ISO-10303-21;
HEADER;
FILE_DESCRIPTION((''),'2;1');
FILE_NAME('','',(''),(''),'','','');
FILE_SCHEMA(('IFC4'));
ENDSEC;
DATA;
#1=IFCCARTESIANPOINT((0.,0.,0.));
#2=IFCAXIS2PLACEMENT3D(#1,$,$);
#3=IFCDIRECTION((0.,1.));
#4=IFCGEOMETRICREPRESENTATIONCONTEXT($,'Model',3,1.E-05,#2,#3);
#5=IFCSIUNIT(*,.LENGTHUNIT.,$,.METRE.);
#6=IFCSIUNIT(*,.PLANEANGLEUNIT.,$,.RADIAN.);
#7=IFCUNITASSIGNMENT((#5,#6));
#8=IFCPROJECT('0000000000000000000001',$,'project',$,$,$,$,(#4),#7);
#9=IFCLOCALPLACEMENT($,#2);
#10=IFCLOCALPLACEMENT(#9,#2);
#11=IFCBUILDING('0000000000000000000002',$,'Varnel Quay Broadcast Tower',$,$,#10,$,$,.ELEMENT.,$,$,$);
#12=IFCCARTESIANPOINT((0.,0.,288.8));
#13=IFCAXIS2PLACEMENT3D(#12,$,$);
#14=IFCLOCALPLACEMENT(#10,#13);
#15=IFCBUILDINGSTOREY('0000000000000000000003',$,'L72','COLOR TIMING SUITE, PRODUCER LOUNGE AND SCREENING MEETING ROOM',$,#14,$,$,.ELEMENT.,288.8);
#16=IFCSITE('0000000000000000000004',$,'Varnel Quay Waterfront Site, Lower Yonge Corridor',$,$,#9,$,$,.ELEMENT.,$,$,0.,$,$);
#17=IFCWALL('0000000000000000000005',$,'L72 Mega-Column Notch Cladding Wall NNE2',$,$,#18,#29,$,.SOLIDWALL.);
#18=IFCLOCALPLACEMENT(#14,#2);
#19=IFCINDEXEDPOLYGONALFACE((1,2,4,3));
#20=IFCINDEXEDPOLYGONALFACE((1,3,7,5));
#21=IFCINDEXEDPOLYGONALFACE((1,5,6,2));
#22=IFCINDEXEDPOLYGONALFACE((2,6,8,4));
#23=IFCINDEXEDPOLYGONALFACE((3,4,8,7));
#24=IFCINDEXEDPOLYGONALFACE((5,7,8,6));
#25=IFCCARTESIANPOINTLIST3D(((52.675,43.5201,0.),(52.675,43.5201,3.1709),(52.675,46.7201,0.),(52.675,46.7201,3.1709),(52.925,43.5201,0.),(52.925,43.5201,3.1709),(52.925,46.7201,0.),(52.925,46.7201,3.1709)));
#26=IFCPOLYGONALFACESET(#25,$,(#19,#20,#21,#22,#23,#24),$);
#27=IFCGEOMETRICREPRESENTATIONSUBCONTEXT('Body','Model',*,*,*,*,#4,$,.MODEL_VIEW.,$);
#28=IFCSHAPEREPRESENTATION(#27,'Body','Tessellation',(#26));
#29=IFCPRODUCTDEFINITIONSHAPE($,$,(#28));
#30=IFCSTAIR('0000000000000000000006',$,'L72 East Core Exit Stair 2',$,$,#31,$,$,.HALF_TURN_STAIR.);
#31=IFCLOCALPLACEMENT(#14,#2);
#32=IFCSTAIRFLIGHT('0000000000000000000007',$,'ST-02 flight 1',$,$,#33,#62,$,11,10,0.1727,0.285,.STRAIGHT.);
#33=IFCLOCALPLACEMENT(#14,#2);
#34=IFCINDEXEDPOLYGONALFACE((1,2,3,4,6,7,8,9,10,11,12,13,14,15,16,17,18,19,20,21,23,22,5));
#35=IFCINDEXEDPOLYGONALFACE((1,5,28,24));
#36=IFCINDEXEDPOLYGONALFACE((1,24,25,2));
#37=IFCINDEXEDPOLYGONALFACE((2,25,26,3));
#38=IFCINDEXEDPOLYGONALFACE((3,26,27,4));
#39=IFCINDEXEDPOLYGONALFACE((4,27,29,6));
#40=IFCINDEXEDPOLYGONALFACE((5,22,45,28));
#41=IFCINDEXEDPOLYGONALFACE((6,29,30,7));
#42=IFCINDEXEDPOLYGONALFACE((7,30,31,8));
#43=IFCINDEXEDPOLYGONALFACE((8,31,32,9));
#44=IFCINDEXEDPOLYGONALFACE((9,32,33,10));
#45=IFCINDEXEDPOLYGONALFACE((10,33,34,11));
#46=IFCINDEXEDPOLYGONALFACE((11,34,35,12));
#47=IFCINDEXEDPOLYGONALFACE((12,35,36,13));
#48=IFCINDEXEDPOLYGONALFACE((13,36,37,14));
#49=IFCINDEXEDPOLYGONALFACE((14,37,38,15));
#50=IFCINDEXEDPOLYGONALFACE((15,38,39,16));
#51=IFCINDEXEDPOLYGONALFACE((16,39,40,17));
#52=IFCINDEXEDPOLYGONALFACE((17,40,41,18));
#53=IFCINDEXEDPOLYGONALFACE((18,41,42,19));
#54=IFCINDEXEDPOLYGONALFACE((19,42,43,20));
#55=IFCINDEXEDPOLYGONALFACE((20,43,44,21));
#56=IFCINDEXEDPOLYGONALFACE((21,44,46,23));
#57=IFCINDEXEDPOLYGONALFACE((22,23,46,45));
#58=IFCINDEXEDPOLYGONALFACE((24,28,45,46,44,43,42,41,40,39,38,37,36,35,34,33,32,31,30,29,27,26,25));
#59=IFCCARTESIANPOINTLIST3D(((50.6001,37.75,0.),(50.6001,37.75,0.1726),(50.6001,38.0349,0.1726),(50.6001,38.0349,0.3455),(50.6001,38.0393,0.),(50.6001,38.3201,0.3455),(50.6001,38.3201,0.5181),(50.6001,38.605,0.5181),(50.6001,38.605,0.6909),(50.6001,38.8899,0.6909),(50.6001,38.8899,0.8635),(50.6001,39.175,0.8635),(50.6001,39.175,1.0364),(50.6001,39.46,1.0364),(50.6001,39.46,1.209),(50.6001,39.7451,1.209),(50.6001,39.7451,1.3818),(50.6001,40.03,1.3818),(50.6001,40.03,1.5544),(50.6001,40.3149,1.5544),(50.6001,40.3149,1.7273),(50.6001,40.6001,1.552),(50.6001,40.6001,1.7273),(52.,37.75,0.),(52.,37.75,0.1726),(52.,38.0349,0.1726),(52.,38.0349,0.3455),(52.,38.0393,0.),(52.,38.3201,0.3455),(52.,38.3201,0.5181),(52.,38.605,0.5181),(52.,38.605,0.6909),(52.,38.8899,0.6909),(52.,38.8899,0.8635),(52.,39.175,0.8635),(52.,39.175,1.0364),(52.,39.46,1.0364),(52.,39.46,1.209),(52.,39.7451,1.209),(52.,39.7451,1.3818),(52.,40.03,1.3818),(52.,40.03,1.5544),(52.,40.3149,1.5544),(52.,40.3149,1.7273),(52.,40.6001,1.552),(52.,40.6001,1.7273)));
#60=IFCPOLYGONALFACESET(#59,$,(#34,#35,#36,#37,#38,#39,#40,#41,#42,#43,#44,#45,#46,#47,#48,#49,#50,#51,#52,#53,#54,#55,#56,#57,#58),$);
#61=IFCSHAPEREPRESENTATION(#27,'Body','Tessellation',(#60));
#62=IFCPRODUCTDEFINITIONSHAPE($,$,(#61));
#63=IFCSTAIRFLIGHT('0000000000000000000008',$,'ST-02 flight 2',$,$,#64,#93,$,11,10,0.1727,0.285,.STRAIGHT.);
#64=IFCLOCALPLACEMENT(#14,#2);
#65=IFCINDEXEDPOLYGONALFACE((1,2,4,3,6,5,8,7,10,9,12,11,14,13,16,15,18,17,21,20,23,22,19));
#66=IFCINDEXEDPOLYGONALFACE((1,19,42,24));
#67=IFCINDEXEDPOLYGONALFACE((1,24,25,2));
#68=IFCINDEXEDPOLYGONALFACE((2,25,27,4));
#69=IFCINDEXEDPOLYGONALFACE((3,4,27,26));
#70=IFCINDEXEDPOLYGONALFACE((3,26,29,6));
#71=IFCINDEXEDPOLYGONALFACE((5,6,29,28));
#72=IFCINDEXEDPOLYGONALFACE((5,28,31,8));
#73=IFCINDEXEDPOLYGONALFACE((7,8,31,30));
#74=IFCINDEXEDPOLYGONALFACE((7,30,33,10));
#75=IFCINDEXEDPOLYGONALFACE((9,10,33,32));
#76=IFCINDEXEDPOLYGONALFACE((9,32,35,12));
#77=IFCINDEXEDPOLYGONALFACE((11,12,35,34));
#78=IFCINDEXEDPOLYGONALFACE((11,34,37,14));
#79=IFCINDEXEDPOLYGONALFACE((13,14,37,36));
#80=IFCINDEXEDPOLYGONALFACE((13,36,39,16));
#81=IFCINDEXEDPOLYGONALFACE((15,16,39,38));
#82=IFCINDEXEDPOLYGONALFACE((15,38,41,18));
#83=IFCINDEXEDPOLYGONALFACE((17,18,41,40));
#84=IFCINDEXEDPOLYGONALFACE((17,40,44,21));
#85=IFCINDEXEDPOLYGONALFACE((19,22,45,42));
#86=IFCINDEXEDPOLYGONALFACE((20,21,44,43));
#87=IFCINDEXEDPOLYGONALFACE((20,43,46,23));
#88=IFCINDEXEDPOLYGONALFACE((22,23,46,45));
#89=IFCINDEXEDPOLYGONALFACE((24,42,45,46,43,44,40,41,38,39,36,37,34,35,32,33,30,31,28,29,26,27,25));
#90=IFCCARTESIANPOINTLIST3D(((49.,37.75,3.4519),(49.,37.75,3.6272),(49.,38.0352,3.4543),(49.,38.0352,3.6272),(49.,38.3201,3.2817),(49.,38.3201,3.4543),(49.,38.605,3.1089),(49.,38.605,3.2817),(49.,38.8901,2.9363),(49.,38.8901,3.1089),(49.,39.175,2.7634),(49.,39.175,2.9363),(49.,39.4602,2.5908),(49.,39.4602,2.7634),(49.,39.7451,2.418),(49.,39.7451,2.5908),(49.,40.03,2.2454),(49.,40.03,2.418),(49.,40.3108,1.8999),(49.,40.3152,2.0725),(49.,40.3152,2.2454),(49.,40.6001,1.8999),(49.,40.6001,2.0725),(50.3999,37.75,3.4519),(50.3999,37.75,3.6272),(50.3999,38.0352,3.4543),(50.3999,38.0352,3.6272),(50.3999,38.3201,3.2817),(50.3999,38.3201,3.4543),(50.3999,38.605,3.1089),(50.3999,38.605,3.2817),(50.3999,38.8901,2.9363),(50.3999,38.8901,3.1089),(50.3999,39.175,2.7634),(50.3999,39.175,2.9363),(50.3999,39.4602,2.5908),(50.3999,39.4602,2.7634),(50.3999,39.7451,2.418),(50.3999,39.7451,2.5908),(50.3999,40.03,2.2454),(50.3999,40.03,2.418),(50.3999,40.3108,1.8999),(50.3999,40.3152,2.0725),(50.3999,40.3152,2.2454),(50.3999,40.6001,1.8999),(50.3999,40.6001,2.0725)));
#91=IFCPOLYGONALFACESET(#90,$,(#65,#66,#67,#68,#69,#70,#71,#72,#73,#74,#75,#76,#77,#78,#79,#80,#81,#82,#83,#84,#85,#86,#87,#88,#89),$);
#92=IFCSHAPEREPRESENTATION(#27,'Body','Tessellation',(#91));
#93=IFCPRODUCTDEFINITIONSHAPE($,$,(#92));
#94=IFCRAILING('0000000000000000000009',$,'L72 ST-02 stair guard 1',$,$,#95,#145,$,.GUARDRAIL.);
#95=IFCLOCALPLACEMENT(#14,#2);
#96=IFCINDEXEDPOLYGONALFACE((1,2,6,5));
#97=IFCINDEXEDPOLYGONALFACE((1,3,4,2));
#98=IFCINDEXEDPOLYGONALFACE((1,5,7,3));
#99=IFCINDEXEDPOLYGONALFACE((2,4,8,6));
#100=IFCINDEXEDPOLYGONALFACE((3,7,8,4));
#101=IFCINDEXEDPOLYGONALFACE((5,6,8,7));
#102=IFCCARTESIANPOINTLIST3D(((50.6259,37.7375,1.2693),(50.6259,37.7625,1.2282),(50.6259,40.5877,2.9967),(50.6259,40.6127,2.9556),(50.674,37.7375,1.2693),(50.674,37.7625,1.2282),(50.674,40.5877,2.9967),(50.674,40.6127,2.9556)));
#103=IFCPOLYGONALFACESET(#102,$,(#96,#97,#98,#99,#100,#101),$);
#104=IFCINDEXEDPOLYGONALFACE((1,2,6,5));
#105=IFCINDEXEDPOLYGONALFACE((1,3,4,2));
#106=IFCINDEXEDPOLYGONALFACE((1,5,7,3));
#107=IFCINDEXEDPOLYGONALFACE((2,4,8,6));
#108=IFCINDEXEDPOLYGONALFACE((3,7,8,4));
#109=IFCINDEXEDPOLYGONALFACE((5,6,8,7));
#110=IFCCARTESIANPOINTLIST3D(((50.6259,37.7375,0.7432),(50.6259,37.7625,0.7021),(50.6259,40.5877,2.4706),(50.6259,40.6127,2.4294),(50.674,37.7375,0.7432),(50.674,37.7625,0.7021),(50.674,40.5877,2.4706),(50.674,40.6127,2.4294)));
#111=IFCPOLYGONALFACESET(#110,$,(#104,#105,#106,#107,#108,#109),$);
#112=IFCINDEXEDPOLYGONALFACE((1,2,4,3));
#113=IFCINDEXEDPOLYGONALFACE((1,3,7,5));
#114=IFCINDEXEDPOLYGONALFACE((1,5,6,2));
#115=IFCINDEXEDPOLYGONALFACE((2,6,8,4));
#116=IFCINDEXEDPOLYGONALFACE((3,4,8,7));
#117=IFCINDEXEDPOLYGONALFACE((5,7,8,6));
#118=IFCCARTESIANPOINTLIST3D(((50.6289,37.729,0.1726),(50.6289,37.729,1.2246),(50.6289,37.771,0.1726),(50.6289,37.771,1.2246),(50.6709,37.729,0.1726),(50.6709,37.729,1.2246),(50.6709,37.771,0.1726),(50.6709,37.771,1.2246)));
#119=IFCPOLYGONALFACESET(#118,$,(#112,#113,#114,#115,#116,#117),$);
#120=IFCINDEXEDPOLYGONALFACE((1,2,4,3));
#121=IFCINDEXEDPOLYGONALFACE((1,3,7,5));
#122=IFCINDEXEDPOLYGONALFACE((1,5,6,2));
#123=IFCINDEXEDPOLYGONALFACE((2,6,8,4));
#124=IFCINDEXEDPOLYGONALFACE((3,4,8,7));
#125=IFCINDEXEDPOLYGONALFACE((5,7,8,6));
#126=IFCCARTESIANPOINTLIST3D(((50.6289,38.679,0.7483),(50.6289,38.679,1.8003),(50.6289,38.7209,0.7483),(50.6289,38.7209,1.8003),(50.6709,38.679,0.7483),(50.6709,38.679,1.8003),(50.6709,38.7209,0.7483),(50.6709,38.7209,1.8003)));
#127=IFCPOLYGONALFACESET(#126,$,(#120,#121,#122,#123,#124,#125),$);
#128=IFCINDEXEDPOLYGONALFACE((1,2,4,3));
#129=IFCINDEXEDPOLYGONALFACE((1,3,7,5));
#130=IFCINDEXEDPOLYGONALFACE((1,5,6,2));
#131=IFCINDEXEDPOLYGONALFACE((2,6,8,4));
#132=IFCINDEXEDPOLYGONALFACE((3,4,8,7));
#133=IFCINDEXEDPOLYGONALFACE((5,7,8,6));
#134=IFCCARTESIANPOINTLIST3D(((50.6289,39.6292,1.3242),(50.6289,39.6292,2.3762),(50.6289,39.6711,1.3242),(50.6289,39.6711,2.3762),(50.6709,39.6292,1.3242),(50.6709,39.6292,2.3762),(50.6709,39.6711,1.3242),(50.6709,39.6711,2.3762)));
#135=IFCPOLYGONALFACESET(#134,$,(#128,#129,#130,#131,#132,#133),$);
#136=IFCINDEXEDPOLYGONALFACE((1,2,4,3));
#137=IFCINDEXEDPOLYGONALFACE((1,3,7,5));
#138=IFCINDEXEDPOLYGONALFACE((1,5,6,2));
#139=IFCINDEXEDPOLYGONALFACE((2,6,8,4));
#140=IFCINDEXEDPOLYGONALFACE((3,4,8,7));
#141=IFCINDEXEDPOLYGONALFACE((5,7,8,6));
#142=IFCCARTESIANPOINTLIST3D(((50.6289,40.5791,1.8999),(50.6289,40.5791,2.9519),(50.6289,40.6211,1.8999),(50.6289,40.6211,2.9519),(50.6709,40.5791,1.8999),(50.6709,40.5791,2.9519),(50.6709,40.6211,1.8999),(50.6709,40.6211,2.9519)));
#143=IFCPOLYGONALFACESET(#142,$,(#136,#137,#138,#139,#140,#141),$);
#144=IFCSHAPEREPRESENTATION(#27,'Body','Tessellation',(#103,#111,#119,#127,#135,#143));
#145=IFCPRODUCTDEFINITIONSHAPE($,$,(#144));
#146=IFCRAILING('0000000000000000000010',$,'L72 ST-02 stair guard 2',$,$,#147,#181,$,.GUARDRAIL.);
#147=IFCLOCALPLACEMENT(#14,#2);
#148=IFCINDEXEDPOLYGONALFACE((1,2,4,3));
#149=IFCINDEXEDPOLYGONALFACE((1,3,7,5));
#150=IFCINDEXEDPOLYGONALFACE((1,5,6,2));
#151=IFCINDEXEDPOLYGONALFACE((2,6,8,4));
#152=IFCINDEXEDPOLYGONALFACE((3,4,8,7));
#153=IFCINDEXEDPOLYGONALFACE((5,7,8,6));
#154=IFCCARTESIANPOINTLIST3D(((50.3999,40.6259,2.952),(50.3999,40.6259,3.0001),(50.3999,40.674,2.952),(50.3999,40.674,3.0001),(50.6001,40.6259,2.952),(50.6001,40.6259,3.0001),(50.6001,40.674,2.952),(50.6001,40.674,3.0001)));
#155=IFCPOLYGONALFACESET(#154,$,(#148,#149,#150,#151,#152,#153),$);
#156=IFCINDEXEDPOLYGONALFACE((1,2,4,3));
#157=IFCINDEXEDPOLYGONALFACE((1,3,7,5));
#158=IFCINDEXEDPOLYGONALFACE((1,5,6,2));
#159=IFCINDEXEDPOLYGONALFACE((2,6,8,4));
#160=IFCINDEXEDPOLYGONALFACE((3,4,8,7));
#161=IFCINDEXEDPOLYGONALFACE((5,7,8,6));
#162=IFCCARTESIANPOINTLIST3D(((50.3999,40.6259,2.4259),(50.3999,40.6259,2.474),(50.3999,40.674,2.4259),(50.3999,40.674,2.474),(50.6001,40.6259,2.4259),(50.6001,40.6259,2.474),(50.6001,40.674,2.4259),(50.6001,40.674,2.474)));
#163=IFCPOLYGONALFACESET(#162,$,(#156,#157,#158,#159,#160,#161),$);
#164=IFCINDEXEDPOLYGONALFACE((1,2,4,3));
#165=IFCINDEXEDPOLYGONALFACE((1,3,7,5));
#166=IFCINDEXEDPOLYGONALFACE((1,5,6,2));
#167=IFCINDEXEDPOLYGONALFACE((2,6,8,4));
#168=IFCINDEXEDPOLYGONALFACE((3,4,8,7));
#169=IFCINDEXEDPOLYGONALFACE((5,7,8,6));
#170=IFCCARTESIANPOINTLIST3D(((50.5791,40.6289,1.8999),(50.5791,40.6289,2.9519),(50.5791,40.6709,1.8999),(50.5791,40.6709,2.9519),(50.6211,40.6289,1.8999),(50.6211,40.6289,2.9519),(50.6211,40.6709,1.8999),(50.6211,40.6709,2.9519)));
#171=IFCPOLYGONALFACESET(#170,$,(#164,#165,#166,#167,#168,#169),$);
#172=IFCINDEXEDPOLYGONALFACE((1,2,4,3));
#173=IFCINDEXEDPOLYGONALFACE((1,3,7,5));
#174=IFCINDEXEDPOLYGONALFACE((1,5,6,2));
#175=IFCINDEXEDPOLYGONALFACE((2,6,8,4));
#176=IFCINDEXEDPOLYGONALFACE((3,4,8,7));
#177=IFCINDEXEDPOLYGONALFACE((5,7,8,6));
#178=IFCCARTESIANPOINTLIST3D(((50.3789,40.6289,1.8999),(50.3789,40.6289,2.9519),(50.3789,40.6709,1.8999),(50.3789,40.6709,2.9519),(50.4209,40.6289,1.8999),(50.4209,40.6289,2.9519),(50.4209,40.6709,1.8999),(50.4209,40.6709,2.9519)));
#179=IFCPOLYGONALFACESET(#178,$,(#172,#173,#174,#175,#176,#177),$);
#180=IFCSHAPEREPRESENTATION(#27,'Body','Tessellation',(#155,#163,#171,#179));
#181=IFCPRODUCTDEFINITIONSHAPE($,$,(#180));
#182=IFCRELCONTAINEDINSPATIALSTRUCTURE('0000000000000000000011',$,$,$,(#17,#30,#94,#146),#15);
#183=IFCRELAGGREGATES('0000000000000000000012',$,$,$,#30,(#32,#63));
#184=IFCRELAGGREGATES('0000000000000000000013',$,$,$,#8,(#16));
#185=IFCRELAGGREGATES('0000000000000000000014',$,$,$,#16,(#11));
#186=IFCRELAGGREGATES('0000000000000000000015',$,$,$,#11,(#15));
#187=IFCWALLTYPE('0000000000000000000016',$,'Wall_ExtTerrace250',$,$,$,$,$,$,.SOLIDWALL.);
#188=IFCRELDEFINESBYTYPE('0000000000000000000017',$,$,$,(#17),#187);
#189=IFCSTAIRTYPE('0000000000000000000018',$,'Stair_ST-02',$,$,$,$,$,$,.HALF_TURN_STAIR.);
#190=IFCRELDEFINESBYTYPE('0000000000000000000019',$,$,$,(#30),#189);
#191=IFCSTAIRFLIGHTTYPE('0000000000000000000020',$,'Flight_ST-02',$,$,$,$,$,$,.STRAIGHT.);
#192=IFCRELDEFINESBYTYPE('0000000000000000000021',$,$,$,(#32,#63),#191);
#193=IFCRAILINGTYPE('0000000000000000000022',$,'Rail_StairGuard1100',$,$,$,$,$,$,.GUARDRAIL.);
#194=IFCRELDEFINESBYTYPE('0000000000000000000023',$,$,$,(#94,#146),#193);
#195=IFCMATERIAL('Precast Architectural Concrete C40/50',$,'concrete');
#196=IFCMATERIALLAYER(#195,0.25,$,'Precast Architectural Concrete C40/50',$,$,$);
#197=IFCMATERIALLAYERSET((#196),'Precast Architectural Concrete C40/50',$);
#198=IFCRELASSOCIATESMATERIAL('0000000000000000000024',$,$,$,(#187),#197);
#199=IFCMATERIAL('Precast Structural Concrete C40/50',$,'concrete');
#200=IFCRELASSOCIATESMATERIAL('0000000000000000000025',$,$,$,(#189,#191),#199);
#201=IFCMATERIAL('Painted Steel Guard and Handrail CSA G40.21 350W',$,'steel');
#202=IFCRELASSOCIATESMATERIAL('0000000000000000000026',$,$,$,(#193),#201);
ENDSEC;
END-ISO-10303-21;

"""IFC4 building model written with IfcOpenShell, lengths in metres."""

from ifc_helpers import new_model, si_unit, direction, frame, frame_2d, origin, origin_2d, place, context, subcontext, project, spatial, polyline, rectangle, outline, extrude, material, layer, layer_set, type_object, element, aggregate, save


model = new_model("IFC4")

# Units and contexts
model_context = context("Model", 3, precision=1e-05, world=origin(), true_north=direction((0.0, 1.0)))
body_context = subcontext(model_context, "Body", "Model", "MODEL_VIEW")
ifc_project = project(units=[si_unit("LENGTHUNIT", "METRE"), si_unit("PLANEANGLEUNIT", "RADIAN")], contexts=[model_context])

# Site, building, storey
site_placement = place(None, origin())
site = spatial("IfcSite", under=ifc_project, at=site_placement, Name="Varnel Quay Waterfront Site, Lower Yonge Corridor", CompositionType="ELEMENT", RefElevation=0.0)
building_placement = place(site_placement, origin())
building = spatial("IfcBuilding", under=site, at=building_placement, Name="Varnel Quay Broadcast Tower", CompositionType="ELEMENT")
storey_placement = place(building_placement, frame((0.0, 0.0, 288.8)))
storey = spatial("IfcBuildingStorey", under=building, at=storey_placement, Name="L72", Description="COLOR TIMING SUITE, PRODUCER LOUNGE AND SCREENING MEETING ROOM", CompositionType="ELEMENT", Elevation=288.8)

# Wall
ifc_material_1 = material(Name="Precast Architectural Concrete C40/50", Category="concrete")
ifc_layer_1 = layer(ifc_material_1, 0.25, Name="Precast Architectural Concrete C40/50")
ifc_layer_set_1 = layer_set([ifc_layer_1], Name="Precast Architectural Concrete C40/50")
wall_type_1 = type_object("IfcWallType", Name="Wall_ExtTerrace250", PredefinedType="SOLIDWALL", material=ifc_layer_set_1)
wall_1_placement = place(storey_placement, frame((52.8, 43.52, 0.0), z_axis=(0.0, 0.0, 1.0), x_axis=(0.0, 1.0, 0.0)))
element("IfcWall", 1, at=wall_1_placement, inside=storey, type_object=wall_type_1, Name="L72 Mega-Column Notch Cladding Wall NNE2", PredefinedType="SOLIDWALL", context=body_context, shape_type="SweptSolid", body=[
    extrude(rectangle(XDim=3.2, YDim=0.25, at=frame_2d((1.6001, 0.0))), origin(), (0.0, 0.0, 1.0), 3.1709),
])

# Stair, stair flights
ifc_material_2 = material(Name="Precast Structural Concrete C40/50", Category="concrete")
stair_type = type_object("IfcStairType", Name="Stair_ST-02", PredefinedType="HALF_TURN_STAIR", material=ifc_material_2)
stair_placement = place(storey_placement, origin())
stair = element("IfcStair", 2, at=stair_placement, inside=storey, type_object=stair_type, Name="L72 East Core Exit Stair 2", PredefinedType="HALF_TURN_STAIR")
stair_flight_type = type_object("IfcStairFlightType", Name="Flight_ST-02", PredefinedType="STRAIGHT", material=ifc_material_2)
stair_flight_1_placement = place(storey_placement, frame((51.3, 37.75, 0.0), z_axis=(0.0, 0.0, 1.0), x_axis=(0.0, 1.0, 0.0)))
stair_flight_1 = element("IfcStairFlight", 3, at=stair_flight_1_placement, type_object=stair_flight_type, Name="ST-02 flight 1", NumberOfRisers=11, NumberOfTreads=10, PredefinedType="STRAIGHT", RiserHeight=0.1727, TreadLength=0.285, context=body_context, shape_type="SweptSolid", body=[
    extrude(outline(polyline([(0.0, 0.0), (0.0, 0.1726), (0.2849, 0.1726), (0.2849, 0.3455), (0.5701, 0.3455), (0.5701, 0.5181), (0.855, 0.5181), (0.855, 0.6909), (1.1399, 0.6909), (1.1399, 0.8635), (1.425, 0.8635), (1.425, 1.0364), (1.71, 1.0364), (1.71, 1.209), (1.9951, 1.209), (1.9951, 1.3818), (2.28, 1.3818), (2.28, 1.5544), (2.5649, 1.5544), (2.5649, 1.7273), (2.8501, 1.7273), (2.8501, 1.8999), (2.8501, 1.552), (0.2893, 0.0), (0.0, 0.0)])), frame((0.0, 0.7, 0.0), z_axis=(0.0, -1.0, 0.0), x_axis=(1.0, 0.0, 0.0)), (0.0, 0.0, 1.0), 1.3999),
])
stair_flight_2_placement = place(storey_placement, frame((49.7, 40.6001, 1.8999), z_axis=(0.0, 0.0, 1.0), x_axis=(0.0, -1.0, 0.0)))
stair_flight_2 = element("IfcStairFlight", 4, at=stair_flight_2_placement, type_object=stair_flight_type, Name="ST-02 flight 2", NumberOfRisers=11, NumberOfTreads=10, PredefinedType="STRAIGHT", RiserHeight=0.1727, TreadLength=0.285, context=body_context, shape_type="SweptSolid", body=[
    extrude(outline(polyline([(0.0, 0.0), (0.0, 0.1726), (0.2849, 0.1726), (0.2849, 0.3455), (0.5701, 0.3455), (0.5701, 0.5181), (0.855, 0.5181), (0.855, 0.6909), (1.1399, 0.6909), (1.1399, 0.8635), (1.425, 0.8635), (1.425, 1.0364), (1.71, 1.0364), (1.71, 1.209), (1.9951, 1.209), (1.9951, 1.3818), (2.28, 1.3818), (2.28, 1.5544), (2.5649, 1.5544), (2.5649, 1.7273), (2.8501, 1.7273), (2.8501, 1.8999), (2.8501, 1.552), (0.2893, 0.0), (0.0, 0.0)])), frame((0.0, 0.7, 0.0), z_axis=(0.0, -1.0, 0.0), x_axis=(1.0, 0.0, 0.0)), (0.0, 0.0, 1.0), 1.3999),
])
aggregate(stair, [stair_flight_1, stair_flight_2])

# Railings
ifc_material_3 = material(Name="Painted Steel Guard and Handrail CSA G40.21 350W", Category="steel")
railing_type_1 = type_object("IfcRailingType", Name="Rail_StairGuard1100", PredefinedType="GUARDRAIL", material=ifc_material_3)
railing_1_placement = place(storey_placement, frame((50.6499, 37.75, 0.1726)))
element("IfcRailing", 5, at=railing_1_placement, inside=storey, type_object=railing_type_1, Name="L72 ST-02 stair guard 1", PredefinedType="GUARDRAIL", context=body_context, shape_type="SweptSolid", body=[
    extrude(rectangle(XDim=0.0481, YDim=0.0481, at=origin_2d()), frame((0.0, 0.0, 1.0762), z_axis=(0.0, 0.855203, 0.518294), x_axis=(-1.0, 0.0, 0.0)), (0.0, 0.0, 1.0), 3.3328),
    extrude(rectangle(XDim=0.0481, YDim=0.0481, at=origin_2d()), frame((0.0, 0.0, 0.55), z_axis=(0.0, 0.855203, 0.518294), x_axis=(-1.0, 0.0, 0.0)), (0.0, 0.0, 1.0), 3.3328),
    extrude(rectangle(XDim=0.042, YDim=0.042, at=origin_2d()), origin(), (0.0, 0.0, 1.0), 1.052),
    extrude(rectangle(XDim=0.042, YDim=0.042, at=origin_2d()), frame((0.0, 0.95, 0.5757)), (0.0, 0.0, 1.0), 1.052),
    extrude(rectangle(XDim=0.042, YDim=0.042, at=origin_2d()), frame((0.0, 1.9001, 1.1516)), (0.0, 0.0, 1.0), 1.052),
    extrude(rectangle(XDim=0.042, YDim=0.042, at=origin_2d()), frame((0.0, 2.8501, 1.7273)), (0.0, 0.0, 1.0), 1.052),
])
railing_2_placement = place(storey_placement, frame((50.6001, 40.6499, 1.8999)))
element("IfcRailing", 6, at=railing_2_placement, inside=storey, type_object=railing_type_1, Name="L72 ST-02 stair guard 2", PredefinedType="GUARDRAIL", context=body_context, shape_type="SweptSolid", body=[
    extrude(rectangle(XDim=0.0481, YDim=0.0481, at=origin_2d()), frame((0.0, 0.0, 1.0762), z_axis=(-1.0, 0.0, 0.0), x_axis=(0.0, -1.0, 0.0)), (0.0, 0.0, 1.0), 0.2002),
    extrude(rectangle(XDim=0.0481, YDim=0.0481, at=origin_2d()), frame((0.0, 0.0, 0.55), z_axis=(-1.0, 0.0, 0.0), x_axis=(0.0, -1.0, 0.0)), (0.0, 0.0, 1.0), 0.2002),
    extrude(rectangle(XDim=0.042, YDim=0.042, at=origin_2d()), origin(), (0.0, 0.0, 1.0), 1.052),
    extrude(rectangle(XDim=0.042, YDim=0.042, at=origin_2d()), frame((-0.2002, 0.0, 0.0)), (0.0, 0.0, 1.0), 1.052),
])

save(model, "model.ifc")
